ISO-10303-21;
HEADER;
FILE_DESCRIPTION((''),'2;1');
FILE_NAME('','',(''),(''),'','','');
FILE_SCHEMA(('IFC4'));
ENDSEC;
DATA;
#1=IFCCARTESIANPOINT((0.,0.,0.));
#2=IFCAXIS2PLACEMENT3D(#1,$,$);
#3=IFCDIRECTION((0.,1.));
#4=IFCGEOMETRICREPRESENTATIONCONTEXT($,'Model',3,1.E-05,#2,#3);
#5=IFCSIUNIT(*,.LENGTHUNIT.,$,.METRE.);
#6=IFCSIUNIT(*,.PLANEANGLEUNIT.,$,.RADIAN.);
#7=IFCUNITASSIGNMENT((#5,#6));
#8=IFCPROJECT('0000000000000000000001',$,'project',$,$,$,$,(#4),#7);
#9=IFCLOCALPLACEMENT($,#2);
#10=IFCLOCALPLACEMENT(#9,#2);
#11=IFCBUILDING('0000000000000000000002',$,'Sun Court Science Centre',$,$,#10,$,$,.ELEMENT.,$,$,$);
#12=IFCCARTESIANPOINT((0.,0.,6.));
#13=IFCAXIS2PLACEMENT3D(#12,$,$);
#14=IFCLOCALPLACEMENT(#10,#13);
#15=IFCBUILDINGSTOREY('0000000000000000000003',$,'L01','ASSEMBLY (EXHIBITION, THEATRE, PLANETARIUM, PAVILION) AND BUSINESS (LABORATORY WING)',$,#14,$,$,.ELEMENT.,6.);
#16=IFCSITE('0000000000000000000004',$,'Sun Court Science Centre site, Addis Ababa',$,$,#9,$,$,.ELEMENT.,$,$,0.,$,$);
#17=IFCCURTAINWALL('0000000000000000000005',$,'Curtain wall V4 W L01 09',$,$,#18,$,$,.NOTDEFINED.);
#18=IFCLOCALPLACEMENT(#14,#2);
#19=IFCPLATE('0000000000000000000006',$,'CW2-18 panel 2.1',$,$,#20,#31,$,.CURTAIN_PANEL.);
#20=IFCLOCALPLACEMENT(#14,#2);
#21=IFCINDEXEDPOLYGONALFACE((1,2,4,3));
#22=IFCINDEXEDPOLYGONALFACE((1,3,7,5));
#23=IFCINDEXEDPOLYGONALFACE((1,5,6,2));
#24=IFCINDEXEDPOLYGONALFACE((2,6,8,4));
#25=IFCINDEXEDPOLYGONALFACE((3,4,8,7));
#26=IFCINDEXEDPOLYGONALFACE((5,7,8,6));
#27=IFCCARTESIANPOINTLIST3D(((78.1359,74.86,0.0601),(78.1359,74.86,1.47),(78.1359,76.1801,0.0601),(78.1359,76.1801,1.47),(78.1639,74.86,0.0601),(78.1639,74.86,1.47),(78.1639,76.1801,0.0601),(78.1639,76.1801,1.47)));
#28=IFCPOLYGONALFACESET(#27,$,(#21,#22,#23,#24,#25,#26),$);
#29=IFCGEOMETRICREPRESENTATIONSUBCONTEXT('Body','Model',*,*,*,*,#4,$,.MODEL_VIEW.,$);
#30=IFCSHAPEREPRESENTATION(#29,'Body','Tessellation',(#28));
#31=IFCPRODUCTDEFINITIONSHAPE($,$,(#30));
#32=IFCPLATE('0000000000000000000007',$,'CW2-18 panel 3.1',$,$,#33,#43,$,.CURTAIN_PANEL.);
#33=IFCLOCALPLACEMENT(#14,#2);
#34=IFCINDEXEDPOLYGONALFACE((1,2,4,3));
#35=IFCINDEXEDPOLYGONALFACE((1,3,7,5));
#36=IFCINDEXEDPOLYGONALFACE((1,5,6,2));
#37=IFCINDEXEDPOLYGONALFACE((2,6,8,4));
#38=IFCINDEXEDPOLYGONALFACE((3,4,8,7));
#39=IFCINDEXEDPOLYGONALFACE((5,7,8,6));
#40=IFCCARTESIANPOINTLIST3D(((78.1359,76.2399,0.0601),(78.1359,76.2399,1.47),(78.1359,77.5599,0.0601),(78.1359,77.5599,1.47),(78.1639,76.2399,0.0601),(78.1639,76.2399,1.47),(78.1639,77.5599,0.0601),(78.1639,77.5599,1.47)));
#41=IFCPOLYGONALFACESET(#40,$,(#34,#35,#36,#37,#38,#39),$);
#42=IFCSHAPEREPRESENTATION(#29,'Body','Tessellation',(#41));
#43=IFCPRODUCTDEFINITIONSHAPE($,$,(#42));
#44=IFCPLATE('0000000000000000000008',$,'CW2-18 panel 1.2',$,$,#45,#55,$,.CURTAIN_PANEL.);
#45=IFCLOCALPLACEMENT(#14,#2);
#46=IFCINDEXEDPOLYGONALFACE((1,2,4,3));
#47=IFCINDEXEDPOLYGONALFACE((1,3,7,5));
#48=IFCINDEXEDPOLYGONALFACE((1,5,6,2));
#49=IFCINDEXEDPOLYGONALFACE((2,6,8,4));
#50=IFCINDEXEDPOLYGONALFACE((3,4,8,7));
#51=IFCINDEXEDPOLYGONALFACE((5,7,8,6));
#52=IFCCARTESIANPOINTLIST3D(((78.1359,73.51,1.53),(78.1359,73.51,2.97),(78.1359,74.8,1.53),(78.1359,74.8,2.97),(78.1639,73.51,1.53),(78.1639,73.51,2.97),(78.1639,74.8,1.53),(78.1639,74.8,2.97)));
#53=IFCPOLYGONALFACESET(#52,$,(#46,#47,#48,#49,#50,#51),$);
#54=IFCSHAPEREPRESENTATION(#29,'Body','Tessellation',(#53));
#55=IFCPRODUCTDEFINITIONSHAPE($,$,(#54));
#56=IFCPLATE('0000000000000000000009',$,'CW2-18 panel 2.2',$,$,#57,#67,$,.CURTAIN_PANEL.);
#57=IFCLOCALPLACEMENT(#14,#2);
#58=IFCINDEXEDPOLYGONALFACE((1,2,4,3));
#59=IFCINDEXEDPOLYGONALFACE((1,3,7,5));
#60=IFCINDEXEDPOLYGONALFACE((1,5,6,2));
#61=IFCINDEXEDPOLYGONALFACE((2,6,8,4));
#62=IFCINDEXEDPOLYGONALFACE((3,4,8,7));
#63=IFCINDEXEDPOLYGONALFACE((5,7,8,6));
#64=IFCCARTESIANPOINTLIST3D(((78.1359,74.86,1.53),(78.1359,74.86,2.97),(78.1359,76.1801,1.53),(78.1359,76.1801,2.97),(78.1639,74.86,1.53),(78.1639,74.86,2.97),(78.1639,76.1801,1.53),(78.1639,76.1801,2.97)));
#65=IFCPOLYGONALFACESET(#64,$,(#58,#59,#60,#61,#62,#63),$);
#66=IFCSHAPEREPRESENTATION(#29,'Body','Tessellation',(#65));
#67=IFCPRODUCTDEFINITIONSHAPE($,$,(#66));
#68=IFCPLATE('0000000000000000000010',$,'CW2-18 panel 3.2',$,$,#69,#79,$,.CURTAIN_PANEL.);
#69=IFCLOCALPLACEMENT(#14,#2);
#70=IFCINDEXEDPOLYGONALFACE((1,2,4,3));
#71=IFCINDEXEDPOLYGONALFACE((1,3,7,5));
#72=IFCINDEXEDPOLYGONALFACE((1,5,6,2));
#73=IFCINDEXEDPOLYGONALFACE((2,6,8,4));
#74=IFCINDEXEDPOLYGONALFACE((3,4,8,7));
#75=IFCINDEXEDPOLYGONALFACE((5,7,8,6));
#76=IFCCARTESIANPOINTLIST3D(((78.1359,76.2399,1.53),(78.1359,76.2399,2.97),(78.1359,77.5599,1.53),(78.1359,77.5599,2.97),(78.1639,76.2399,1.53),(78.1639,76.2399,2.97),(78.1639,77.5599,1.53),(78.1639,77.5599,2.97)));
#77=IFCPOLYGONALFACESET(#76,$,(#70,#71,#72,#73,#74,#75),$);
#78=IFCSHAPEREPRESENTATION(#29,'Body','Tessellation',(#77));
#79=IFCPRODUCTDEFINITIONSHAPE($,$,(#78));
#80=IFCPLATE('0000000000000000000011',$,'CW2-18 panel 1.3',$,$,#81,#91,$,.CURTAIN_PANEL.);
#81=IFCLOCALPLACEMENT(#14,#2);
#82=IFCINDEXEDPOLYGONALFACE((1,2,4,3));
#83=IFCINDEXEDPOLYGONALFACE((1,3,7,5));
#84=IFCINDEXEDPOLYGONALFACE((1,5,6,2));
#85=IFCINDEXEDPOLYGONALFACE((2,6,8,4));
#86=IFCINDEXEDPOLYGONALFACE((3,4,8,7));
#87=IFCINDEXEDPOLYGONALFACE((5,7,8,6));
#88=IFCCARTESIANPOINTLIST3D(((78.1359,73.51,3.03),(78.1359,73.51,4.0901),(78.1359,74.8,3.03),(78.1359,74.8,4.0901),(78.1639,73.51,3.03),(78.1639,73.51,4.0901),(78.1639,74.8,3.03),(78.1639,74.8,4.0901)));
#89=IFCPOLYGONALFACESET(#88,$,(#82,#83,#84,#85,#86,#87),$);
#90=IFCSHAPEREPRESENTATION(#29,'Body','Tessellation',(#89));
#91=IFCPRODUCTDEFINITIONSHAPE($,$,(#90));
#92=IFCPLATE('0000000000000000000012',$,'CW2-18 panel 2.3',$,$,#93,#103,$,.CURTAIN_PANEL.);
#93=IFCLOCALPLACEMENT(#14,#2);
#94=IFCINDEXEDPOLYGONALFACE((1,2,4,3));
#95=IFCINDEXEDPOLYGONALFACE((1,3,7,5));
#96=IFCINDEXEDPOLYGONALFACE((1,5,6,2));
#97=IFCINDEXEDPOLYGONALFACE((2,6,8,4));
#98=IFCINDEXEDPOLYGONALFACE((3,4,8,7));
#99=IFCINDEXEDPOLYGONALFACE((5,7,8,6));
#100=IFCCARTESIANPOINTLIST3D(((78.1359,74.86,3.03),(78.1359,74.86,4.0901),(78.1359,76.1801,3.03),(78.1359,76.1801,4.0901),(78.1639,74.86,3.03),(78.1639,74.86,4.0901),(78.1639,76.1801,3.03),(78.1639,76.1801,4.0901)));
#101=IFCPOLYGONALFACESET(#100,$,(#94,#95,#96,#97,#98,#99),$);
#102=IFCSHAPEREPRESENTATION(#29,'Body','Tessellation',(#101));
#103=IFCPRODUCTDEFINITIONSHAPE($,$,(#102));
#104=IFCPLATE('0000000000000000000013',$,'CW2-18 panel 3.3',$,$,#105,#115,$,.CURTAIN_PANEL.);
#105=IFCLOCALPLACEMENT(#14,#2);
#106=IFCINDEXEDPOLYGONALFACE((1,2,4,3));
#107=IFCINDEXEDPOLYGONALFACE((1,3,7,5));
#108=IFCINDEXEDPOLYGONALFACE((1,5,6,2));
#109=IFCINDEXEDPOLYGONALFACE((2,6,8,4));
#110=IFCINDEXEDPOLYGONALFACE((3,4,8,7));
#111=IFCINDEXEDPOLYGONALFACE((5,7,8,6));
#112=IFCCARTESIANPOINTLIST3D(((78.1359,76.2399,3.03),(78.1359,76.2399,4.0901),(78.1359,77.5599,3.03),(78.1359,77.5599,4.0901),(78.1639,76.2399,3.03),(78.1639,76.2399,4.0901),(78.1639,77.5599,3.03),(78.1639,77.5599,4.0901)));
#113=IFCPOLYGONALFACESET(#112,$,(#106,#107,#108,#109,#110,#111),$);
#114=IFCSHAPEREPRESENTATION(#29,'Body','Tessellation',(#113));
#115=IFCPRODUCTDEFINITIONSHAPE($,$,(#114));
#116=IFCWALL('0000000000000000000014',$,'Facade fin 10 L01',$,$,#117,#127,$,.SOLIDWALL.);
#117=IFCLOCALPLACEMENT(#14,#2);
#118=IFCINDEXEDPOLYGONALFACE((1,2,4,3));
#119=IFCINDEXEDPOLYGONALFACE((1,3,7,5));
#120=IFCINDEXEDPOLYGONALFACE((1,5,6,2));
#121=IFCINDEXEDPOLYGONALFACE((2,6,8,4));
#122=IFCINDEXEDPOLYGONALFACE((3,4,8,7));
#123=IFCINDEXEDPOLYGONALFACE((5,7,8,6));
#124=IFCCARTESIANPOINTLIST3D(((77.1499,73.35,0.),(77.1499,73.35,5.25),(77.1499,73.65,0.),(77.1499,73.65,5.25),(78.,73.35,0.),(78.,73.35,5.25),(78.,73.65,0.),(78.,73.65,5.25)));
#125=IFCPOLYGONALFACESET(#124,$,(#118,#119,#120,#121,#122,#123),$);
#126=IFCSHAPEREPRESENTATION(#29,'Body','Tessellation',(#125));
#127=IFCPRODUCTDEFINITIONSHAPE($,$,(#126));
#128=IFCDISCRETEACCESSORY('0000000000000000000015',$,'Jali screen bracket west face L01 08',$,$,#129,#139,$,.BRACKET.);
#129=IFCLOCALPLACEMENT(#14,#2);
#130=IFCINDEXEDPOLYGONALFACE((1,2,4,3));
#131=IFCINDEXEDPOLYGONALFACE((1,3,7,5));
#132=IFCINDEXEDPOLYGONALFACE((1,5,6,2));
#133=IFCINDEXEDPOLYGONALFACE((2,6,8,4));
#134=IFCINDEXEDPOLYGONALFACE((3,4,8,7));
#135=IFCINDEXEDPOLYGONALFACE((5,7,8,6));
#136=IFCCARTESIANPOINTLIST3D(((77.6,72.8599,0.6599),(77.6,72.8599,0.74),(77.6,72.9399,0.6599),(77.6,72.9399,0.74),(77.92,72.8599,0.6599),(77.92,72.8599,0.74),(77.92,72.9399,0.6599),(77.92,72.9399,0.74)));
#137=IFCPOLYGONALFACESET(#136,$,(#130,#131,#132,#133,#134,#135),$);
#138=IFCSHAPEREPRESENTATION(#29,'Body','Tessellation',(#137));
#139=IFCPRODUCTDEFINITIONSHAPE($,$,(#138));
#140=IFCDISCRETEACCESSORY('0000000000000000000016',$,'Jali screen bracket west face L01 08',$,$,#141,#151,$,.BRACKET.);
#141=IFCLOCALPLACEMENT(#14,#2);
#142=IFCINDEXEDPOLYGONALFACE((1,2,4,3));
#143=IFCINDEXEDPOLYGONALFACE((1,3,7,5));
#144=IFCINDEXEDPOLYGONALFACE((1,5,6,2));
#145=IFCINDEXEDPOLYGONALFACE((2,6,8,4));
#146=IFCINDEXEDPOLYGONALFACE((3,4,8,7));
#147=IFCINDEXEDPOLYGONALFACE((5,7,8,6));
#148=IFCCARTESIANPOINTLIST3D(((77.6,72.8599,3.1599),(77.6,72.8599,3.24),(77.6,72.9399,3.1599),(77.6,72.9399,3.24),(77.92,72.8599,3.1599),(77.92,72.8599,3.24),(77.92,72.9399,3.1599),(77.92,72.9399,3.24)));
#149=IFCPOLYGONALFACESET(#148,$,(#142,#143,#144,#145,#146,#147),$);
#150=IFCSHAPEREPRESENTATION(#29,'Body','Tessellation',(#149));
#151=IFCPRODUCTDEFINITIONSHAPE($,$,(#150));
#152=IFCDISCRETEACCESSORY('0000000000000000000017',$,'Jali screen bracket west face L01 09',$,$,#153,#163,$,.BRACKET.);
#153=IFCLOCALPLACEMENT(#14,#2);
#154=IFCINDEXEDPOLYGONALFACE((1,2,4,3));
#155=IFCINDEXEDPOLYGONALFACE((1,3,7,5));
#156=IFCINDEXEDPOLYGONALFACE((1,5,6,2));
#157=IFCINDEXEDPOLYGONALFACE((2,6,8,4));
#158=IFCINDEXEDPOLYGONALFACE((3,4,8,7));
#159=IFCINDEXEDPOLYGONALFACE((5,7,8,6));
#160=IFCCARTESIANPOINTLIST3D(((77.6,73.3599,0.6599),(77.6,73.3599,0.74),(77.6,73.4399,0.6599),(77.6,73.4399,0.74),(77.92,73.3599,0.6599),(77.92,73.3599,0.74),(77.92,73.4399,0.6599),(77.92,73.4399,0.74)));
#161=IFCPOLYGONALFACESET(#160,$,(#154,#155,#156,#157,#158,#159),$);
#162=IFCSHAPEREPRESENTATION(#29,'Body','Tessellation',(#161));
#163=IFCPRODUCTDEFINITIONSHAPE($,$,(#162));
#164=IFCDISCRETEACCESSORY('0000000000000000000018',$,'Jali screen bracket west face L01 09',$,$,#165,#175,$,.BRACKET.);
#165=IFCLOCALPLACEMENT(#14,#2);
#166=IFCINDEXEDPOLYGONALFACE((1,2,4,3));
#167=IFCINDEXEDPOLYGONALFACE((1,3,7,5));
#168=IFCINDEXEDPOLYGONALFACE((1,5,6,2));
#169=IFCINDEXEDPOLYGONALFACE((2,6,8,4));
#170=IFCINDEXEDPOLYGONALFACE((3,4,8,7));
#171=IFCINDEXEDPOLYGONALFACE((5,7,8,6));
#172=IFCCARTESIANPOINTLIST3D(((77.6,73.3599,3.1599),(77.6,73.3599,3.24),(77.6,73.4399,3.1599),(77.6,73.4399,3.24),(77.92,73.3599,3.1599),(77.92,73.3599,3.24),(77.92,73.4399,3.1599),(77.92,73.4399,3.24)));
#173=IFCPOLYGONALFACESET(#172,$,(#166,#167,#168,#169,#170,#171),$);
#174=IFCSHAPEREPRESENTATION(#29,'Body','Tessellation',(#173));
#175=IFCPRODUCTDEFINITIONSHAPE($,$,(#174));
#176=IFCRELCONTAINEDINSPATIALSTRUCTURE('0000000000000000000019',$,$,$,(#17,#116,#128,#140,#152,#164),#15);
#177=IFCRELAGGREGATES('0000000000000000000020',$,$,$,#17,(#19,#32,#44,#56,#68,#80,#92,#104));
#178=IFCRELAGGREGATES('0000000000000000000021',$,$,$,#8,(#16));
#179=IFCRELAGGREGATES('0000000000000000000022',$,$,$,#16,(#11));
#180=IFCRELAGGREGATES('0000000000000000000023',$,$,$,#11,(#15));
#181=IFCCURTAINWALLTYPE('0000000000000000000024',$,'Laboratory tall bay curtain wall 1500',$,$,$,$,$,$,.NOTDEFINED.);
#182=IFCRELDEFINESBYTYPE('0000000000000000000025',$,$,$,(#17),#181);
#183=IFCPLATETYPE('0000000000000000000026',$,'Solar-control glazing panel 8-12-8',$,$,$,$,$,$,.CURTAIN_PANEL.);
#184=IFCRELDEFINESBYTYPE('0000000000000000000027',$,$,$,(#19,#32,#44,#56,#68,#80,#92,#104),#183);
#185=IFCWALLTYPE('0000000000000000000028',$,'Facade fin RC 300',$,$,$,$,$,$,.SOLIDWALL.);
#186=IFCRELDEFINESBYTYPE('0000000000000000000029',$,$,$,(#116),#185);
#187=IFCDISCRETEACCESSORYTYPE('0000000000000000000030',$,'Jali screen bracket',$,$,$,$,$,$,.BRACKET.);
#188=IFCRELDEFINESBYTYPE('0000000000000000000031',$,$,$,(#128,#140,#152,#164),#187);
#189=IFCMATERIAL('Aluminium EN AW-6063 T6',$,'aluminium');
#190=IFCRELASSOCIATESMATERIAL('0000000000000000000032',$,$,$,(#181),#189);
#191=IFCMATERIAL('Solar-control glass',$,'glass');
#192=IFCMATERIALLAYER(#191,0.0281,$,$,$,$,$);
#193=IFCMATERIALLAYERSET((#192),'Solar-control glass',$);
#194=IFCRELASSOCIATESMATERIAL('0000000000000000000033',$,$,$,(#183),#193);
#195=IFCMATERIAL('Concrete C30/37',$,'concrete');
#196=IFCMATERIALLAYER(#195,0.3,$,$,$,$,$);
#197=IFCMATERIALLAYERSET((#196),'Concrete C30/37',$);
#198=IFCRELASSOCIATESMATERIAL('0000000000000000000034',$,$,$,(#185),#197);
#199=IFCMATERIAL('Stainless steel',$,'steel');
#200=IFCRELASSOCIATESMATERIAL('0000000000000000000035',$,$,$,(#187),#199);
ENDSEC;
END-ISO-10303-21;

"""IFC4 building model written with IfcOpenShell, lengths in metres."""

from ifc_helpers import new_model, si_unit, direction, frame, frame_2d, origin, origin_2d, place, context, subcontext, project, spatial, rectangle, extrude, material, layer, layer_set, type_object, element, aggregate, save


model = new_model("IFC4")

# Units and contexts
model_context = context("Model", 3, precision=1e-05, world=origin(), true_north=direction((0.0, 1.0)))
body_context = subcontext(model_context, "Body", "Model", "MODEL_VIEW")
ifc_project = project(units=[si_unit("LENGTHUNIT", "METRE"), si_unit("PLANEANGLEUNIT", "RADIAN")], contexts=[model_context])

# Site, building, storey
site_placement = place(None, origin())
site = spatial("IfcSite", under=ifc_project, at=site_placement, Name="Sun Court Science Centre site, Addis Ababa", CompositionType="ELEMENT", RefElevation=0.0)
building_placement = place(site_placement, origin())
building = spatial("IfcBuilding", under=site, at=building_placement, Name="Sun Court Science Centre", CompositionType="ELEMENT")
storey_placement = place(building_placement, frame((0.0, 0.0, 6.0)))
storey = spatial("IfcBuildingStorey", under=building, at=storey_placement, Name="L01", Description="ASSEMBLY (EXHIBITION, THEATRE, PLANETARIUM, PAVILION) AND BUSINESS (LABORATORY WING)", CompositionType="ELEMENT", Elevation=6.0)

# Shared definitions
ifc_material_1 = material(Name="Aluminium EN AW-6063 T6", Category="aluminium")
curtain_wall_type = type_object("IfcCurtainWallType", Name="Laboratory tall bay curtain wall 1500", PredefinedType="NOTDEFINED", material=ifc_material_1)

# Curtain wall
curtain_wall_1_placement = place(storey_placement, origin())
curtain_wall_1 = element("IfcCurtainWall", 1, at=curtain_wall_1_placement, inside=storey, type_object=curtain_wall_type, Name="Curtain wall V4 W L01 09", PredefinedType="NOTDEFINED")

# Plates
ifc_material_2 = material(Name="Solar-control glass", Category="glass")
ifc_layer_1 = layer(ifc_material_2, 0.0281)
ifc_layer_set_1 = layer_set([ifc_layer_1], Name="Solar-control glass")
plate_type = type_object("IfcPlateType", Name="Solar-control glazing panel 8-12-8", PredefinedType="CURTAIN_PANEL", material=ifc_layer_set_1)
plate_1_placement = place(storey_placement, frame((78.1499, 75.52, 0.0601), z_axis=(0.0, 0.0, 1.0), x_axis=(0.0, 1.0, 0.0)))
plate_1 = element("IfcPlate", 2, at=plate_1_placement, type_object=plate_type, Name="CW2-18 panel 2.1", PredefinedType="CURTAIN_PANEL", context=body_context, shape_type="SweptSolid", body=[
    extrude(rectangle(XDim=1.3201, YDim=0.0281, at=origin_2d()), origin(), (0.0, 0.0, 1.0), 1.4099),
])
plate_2_placement = place(storey_placement, frame((78.1499, 76.8999, 0.0601), z_axis=(0.0, 0.0, 1.0), x_axis=(0.0, 1.0, 0.0)))
plate_2 = element("IfcPlate", 3, at=plate_2_placement, type_object=plate_type, Name="CW2-18 panel 3.1", PredefinedType="CURTAIN_PANEL", context=body_context, shape_type="SweptSolid", body=[
    extrude(rectangle(XDim=1.3201, YDim=0.0281, at=origin_2d()), origin(), (0.0, 0.0, 1.0), 1.4099),
])
plate_3_placement = place(storey_placement, frame((78.1499, 74.155, 1.53), z_axis=(0.0, 0.0, 1.0), x_axis=(0.0, 1.0, 0.0)))
plate_3 = element("IfcPlate", 4, at=plate_3_placement, type_object=plate_type, Name="CW2-18 panel 1.2", PredefinedType="CURTAIN_PANEL", context=body_context, shape_type="SweptSolid", body=[
    extrude(rectangle(XDim=1.29, YDim=0.0281, at=origin_2d()), origin(), (0.0, 0.0, 1.0), 1.4399),
])
plate_4_placement = place(storey_placement, frame((78.1499, 75.52, 1.53), z_axis=(0.0, 0.0, 1.0), x_axis=(0.0, 1.0, 0.0)))
plate_4 = element("IfcPlate", 5, at=plate_4_placement, type_object=plate_type, Name="CW2-18 panel 2.2", PredefinedType="CURTAIN_PANEL", context=body_context, shape_type="SweptSolid", body=[
    extrude(rectangle(XDim=1.3201, YDim=0.0281, at=origin_2d()), origin(), (0.0, 0.0, 1.0), 1.4399),
])
plate_5_placement = place(storey_placement, frame((78.1499, 76.8999, 1.53), z_axis=(0.0, 0.0, 1.0), x_axis=(0.0, 1.0, 0.0)))
plate_5 = element("IfcPlate", 6, at=plate_5_placement, type_object=plate_type, Name="CW2-18 panel 3.2", PredefinedType="CURTAIN_PANEL", context=body_context, shape_type="SweptSolid", body=[
    extrude(rectangle(XDim=1.3201, YDim=0.0281, at=origin_2d()), origin(), (0.0, 0.0, 1.0), 1.4399),
])
plate_6_placement = place(storey_placement, frame((78.1499, 74.155, 3.03), z_axis=(0.0, 0.0, 1.0), x_axis=(0.0, 1.0, 0.0)))
plate_6 = element("IfcPlate", 7, at=plate_6_placement, type_object=plate_type, Name="CW2-18 panel 1.3", PredefinedType="CURTAIN_PANEL", context=body_context, shape_type="SweptSolid", body=[
    extrude(rectangle(XDim=1.29, YDim=0.0281, at=origin_2d()), origin(), (0.0, 0.0, 1.0), 1.0601),
])
plate_7_placement = place(storey_placement, frame((78.1499, 75.52, 3.03), z_axis=(0.0, 0.0, 1.0), x_axis=(0.0, 1.0, 0.0)))
plate_7 = element("IfcPlate", 8, at=plate_7_placement, type_object=plate_type, Name="CW2-18 panel 2.3", PredefinedType="CURTAIN_PANEL", context=body_context, shape_type="SweptSolid", body=[
    extrude(rectangle(XDim=1.3201, YDim=0.0281, at=origin_2d()), origin(), (0.0, 0.0, 1.0), 1.0601),
])
plate_8_placement = place(storey_placement, frame((78.1499, 76.8999, 3.03), z_axis=(0.0, 0.0, 1.0), x_axis=(0.0, 1.0, 0.0)))
plate_8 = element("IfcPlate", 9, at=plate_8_placement, type_object=plate_type, Name="CW2-18 panel 3.3", PredefinedType="CURTAIN_PANEL", context=body_context, shape_type="SweptSolid", body=[
    extrude(rectangle(XDim=1.3201, YDim=0.0281, at=origin_2d()), origin(), (0.0, 0.0, 1.0), 1.0601),
])
aggregate(curtain_wall_1, [plate_1, plate_2, plate_3, plate_4, plate_5, plate_6, plate_7, plate_8])

# Wall
ifc_material_3 = material(Name="Concrete C30/37", Category="concrete")
ifc_layer_2 = layer(ifc_material_3, 0.3)
ifc_layer_set_2 = layer_set([ifc_layer_2], Name="Concrete C30/37")
wall_type = type_object("IfcWallType", Name="Facade fin RC 300", PredefinedType="SOLIDWALL", material=ifc_layer_set_2)
wall_placement = place(storey_placement, frame((77.1499, 73.5, 0.0), z_axis=(0.0, 0.0, 1.0), x_axis=(1.0, 0.0, 0.0)))
element("IfcWall", 10, at=wall_placement, inside=storey, type_object=wall_type, Name="Facade fin 10 L01", PredefinedType="SOLIDWALL", context=body_context, shape_type="SweptSolid", body=[
    extrude(rectangle(XDim=0.8501, YDim=0.3, at=frame_2d((0.425, 0.0))), origin(), (0.0, 0.0, 1.0), 5.25),
])

# Discrete accessories
ifc_material_4 = material(Name="Stainless steel", Category="steel")
discrete_accessory_type = type_object("IfcDiscreteAccessoryType", Name="Jali screen bracket", PredefinedType="BRACKET", material=ifc_material_4)
for number, where, z_axis, x_axis, name in (
    (11, (77.76, 72.8999, 0.6599), (0.0, 0.0, 1.0), (0.0, 1.0, 0.0), "Jali screen bracket west face L01 08"),
    (12, (77.76, 72.8999, 3.1599), (0.0, 0.0, 1.0), (0.0, 1.0, 0.0), "Jali screen bracket west face L01 08"),
    (13, (77.76, 73.3999, 0.6599), (0.0, 0.0, 1.0), (0.0, 1.0, 0.0), "Jali screen bracket west face L01 09"),
    (14, (77.76, 73.3999, 3.1599), (0.0, 0.0, 1.0), (0.0, 1.0, 0.0), "Jali screen bracket west face L01 09"),
):
    element("IfcDiscreteAccessory", number, at=place(storey_placement, frame(where, z_axis=z_axis, x_axis=x_axis)), inside=storey, type_object=discrete_accessory_type, Name=name, PredefinedType="BRACKET", context=body_context, shape_type="SweptSolid", body=[
        extrude(rectangle(XDim=0.0801, YDim=0.3201, at=origin_2d()), origin(), (0.0, 0.0, 1.0), 0.0801),
    ])

save(model, "model.ifc")
